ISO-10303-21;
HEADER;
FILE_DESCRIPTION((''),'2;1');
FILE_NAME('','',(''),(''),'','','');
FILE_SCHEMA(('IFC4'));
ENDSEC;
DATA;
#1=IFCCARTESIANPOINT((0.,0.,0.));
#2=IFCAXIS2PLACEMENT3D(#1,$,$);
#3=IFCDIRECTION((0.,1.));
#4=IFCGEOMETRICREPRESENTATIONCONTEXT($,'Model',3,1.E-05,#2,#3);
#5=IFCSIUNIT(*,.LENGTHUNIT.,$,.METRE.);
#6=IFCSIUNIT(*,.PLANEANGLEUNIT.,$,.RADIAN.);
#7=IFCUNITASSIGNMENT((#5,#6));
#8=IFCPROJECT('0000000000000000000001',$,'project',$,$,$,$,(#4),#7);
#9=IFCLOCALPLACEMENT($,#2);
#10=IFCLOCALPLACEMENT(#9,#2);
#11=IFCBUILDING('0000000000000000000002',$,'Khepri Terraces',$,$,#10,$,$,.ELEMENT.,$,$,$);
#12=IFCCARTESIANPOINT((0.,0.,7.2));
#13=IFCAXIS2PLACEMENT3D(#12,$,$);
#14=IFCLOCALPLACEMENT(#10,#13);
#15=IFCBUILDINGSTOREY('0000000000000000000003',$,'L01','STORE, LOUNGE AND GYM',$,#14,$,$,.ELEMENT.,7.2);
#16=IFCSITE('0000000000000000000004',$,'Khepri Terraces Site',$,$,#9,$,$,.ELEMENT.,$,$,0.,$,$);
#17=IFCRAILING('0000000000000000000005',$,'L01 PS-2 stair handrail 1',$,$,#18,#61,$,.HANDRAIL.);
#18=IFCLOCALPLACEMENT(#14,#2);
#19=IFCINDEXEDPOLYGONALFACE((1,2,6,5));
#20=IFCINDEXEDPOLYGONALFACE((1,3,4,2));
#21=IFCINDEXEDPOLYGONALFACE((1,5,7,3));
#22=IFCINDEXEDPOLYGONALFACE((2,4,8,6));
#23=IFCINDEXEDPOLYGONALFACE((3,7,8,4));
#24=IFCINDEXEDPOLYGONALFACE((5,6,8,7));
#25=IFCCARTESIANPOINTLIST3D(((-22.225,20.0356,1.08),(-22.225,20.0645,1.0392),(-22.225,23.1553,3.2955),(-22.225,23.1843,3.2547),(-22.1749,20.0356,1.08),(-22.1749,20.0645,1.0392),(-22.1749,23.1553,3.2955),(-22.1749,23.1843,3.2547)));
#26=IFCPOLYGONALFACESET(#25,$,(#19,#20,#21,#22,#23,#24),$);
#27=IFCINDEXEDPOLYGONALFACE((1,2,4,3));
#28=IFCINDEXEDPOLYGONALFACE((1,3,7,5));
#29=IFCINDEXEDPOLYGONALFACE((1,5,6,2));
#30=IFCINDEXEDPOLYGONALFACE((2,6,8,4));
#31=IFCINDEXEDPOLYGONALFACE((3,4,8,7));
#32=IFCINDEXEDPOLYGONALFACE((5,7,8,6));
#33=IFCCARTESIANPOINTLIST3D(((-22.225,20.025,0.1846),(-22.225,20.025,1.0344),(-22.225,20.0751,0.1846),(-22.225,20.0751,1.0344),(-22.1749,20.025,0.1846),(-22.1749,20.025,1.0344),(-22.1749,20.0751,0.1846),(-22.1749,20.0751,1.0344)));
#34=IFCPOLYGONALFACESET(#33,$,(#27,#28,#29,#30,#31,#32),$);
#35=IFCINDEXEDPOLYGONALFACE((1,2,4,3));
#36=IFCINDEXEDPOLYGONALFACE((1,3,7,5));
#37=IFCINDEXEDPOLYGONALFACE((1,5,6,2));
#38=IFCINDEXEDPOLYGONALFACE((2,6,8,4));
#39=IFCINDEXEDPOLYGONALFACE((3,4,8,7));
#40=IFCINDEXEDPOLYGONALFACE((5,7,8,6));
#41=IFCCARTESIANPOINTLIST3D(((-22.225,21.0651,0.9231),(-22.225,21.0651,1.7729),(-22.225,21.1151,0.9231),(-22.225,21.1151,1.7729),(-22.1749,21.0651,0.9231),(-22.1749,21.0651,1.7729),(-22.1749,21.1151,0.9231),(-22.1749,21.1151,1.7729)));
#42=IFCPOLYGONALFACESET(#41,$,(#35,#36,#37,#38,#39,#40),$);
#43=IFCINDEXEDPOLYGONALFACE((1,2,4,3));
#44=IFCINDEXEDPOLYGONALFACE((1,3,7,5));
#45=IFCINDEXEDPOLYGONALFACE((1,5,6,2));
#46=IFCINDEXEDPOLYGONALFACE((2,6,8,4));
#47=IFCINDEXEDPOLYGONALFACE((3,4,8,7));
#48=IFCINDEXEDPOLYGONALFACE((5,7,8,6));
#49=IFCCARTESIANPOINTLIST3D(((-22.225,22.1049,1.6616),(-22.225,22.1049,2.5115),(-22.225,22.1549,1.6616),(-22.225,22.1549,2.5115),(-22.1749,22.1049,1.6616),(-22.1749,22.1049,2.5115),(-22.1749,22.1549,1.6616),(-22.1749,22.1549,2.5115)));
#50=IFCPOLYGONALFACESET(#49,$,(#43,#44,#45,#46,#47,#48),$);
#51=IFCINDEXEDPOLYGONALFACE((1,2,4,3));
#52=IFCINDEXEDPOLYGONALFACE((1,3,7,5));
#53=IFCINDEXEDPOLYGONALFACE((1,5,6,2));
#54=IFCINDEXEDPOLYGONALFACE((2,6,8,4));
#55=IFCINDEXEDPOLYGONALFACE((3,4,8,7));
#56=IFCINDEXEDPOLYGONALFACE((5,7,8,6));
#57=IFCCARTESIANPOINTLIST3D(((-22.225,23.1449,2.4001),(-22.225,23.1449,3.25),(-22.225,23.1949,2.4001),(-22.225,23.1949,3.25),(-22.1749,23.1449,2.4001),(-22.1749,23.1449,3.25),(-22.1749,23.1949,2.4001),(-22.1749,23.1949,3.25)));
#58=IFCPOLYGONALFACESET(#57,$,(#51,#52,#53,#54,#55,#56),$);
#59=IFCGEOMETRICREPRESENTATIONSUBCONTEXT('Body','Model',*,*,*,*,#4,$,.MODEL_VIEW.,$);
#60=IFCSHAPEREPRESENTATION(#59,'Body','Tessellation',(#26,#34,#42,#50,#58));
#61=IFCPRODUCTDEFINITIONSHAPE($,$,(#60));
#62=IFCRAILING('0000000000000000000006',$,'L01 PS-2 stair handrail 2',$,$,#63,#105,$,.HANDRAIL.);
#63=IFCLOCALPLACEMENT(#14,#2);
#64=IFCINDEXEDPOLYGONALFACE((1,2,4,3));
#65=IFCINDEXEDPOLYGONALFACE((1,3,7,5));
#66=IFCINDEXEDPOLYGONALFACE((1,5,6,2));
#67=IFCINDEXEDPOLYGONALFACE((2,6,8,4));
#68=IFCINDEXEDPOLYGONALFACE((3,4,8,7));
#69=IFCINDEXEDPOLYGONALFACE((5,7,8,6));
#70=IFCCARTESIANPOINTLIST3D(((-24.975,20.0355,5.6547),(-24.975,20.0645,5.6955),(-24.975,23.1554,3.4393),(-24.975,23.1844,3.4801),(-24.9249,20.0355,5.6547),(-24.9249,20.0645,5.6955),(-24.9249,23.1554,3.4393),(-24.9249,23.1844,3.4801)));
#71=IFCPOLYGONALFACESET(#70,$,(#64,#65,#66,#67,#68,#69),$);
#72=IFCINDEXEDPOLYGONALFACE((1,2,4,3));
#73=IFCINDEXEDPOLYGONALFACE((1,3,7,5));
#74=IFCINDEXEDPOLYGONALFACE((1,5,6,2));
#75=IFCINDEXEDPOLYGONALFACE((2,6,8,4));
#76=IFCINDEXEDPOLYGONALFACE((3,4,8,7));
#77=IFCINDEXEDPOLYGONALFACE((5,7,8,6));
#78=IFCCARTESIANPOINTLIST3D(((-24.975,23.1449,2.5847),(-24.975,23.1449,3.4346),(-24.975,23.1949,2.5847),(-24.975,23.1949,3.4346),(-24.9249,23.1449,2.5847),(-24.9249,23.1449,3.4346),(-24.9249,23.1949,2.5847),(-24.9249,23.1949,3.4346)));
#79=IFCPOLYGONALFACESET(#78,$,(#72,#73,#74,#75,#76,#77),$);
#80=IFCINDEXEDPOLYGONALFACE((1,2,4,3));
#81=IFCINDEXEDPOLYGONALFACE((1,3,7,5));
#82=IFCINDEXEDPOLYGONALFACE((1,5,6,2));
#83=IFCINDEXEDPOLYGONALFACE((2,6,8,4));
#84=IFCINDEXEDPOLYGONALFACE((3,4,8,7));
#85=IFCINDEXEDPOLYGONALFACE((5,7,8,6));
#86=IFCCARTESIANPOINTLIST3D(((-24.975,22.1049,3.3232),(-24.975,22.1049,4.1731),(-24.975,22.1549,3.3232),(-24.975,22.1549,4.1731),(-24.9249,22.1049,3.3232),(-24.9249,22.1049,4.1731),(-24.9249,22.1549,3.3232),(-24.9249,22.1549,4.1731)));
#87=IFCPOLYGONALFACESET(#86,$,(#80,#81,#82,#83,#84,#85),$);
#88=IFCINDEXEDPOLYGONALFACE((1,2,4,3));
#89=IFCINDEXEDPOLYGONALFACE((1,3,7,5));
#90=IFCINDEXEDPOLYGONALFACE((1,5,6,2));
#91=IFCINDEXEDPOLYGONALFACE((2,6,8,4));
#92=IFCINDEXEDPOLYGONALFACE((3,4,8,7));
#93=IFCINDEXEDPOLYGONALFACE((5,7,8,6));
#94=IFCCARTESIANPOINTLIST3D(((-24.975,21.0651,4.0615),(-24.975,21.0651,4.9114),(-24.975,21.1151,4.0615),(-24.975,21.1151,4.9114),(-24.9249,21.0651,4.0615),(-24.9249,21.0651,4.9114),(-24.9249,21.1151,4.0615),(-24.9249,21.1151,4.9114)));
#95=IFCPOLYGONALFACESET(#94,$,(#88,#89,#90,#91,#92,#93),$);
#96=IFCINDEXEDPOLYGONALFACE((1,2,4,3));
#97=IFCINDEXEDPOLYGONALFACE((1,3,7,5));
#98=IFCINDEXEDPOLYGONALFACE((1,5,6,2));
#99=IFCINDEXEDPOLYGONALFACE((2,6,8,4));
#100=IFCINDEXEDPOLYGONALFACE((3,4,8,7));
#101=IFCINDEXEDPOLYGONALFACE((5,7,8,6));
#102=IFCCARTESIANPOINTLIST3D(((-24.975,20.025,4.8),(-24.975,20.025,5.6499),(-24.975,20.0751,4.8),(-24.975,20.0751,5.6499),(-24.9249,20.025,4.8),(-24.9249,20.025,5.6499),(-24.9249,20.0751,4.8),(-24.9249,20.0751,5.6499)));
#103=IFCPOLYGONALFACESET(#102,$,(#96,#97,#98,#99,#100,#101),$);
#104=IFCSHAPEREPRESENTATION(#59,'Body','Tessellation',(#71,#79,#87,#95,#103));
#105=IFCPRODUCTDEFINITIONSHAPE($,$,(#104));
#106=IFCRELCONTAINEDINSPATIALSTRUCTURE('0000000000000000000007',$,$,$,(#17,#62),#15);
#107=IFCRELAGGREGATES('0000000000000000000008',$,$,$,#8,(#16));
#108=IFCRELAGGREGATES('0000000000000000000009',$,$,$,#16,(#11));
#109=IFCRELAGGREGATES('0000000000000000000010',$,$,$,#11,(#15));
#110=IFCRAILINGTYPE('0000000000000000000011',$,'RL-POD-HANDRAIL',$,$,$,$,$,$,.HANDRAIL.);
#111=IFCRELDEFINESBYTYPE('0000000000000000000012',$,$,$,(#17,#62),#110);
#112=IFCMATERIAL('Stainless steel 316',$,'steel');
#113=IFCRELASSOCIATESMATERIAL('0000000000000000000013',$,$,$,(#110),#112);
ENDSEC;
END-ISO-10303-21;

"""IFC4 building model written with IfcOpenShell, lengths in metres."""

from ifc_helpers import new_model, si_unit, direction, frame, origin, origin_2d, place, context, subcontext, project, spatial, rectangle, extrude, material, type_object, element, save


model = new_model("IFC4")

# Units and contexts
model_context = context("Model", 3, precision=1e-05, world=origin(), true_north=direction((0.0, 1.0)))
body_context = subcontext(model_context, "Body", "Model", "MODEL_VIEW")
ifc_project = project(units=[si_unit("LENGTHUNIT", "METRE"), si_unit("PLANEANGLEUNIT", "RADIAN")], contexts=[model_context])

# Site, building, storey
site_placement = place(None, origin())
site = spatial("IfcSite", under=ifc_project, at=site_placement, Name="Khepri Terraces Site", CompositionType="ELEMENT", RefElevation=0.0)
building_placement = place(site_placement, origin())
building = spatial("IfcBuilding", under=site, at=building_placement, Name="Khepri Terraces", CompositionType="ELEMENT")
storey_placement = place(building_placement, frame((0.0, 0.0, 7.2)))
storey = spatial("IfcBuildingStorey", under=building, at=storey_placement, Name="L01", Description="STORE, LOUNGE AND GYM", CompositionType="ELEMENT", Elevation=7.2)

# Railings
ifc_material_1 = material(Name="Stainless steel 316", Category="steel")
railing_type_1 = type_object("IfcRailingType", Name="RL-POD-HANDRAIL", PredefinedType="HANDRAIL", material=ifc_material_1)
railing_1_placement = place(storey_placement, frame((-22.2, 20.05, 0.1846)))
element("IfcRailing", 1, at=railing_1_placement, inside=storey, type_object=railing_type_1, Name="L01 PS-2 stair handrail 1", PredefinedType="HANDRAIL", context=body_context, shape_type="SweptSolid", body=[
    extrude(rectangle(XDim=0.05, YDim=0.05, at=origin_2d()), frame((0.0, 0.0, 0.875), z_axis=(0.0, 0.815325, 0.579003), x_axis=(-1.0, 0.0, 0.0)), (0.0, 0.0, 1.0), 3.8264),
    extrude(rectangle(XDim=0.05, YDim=0.05, at=origin_2d()), origin(), (0.0, 0.0, 1.0), 0.8499),
    extrude(rectangle(XDim=0.05, YDim=0.05, at=origin_2d()), frame((0.0, 1.04, 0.7385)), (0.0, 0.0, 1.0), 0.8499),
    extrude(rectangle(XDim=0.05, YDim=0.05, at=origin_2d()), frame((0.0, 2.0798, 1.4771)), (0.0, 0.0, 1.0), 0.8499),
    extrude(rectangle(XDim=0.05, YDim=0.05, at=origin_2d()), frame((0.0, 3.1199, 2.2156)), (0.0, 0.0, 1.0), 0.8499),
])
railing_2_placement = place(storey_placement, frame((-24.95, 23.1699, 2.5847)))
element("IfcRailing", 2, at=railing_2_placement, inside=storey, type_object=railing_type_1, Name="L01 PS-2 stair handrail 2", PredefinedType="HANDRAIL", context=body_context, shape_type="SweptSolid", body=[
    extrude(rectangle(XDim=0.05, YDim=0.05, at=origin_2d()), frame((0.0, 0.0, 0.875), z_axis=(0.0, -0.815356, 0.578961), x_axis=(1.0, 0.0, 0.0)), (0.0, 0.0, 1.0), 3.8264),
    extrude(rectangle(XDim=0.05, YDim=0.05, at=origin_2d()), origin(), (0.0, 0.0, 1.0), 0.8499),
    extrude(rectangle(XDim=0.05, YDim=0.05, at=origin_2d()), frame((0.0, -1.04, 0.7385)), (0.0, 0.0, 1.0), 0.8499),
    extrude(rectangle(XDim=0.05, YDim=0.05, at=origin_2d()), frame((0.0, -2.0798, 1.4768)), (0.0, 0.0, 1.0), 0.8499),
    extrude(rectangle(XDim=0.05, YDim=0.05, at=origin_2d()), frame((0.0, -3.1199, 2.2153)), (0.0, 0.0, 1.0), 0.8499),
])

save(model, "model.ifc")
